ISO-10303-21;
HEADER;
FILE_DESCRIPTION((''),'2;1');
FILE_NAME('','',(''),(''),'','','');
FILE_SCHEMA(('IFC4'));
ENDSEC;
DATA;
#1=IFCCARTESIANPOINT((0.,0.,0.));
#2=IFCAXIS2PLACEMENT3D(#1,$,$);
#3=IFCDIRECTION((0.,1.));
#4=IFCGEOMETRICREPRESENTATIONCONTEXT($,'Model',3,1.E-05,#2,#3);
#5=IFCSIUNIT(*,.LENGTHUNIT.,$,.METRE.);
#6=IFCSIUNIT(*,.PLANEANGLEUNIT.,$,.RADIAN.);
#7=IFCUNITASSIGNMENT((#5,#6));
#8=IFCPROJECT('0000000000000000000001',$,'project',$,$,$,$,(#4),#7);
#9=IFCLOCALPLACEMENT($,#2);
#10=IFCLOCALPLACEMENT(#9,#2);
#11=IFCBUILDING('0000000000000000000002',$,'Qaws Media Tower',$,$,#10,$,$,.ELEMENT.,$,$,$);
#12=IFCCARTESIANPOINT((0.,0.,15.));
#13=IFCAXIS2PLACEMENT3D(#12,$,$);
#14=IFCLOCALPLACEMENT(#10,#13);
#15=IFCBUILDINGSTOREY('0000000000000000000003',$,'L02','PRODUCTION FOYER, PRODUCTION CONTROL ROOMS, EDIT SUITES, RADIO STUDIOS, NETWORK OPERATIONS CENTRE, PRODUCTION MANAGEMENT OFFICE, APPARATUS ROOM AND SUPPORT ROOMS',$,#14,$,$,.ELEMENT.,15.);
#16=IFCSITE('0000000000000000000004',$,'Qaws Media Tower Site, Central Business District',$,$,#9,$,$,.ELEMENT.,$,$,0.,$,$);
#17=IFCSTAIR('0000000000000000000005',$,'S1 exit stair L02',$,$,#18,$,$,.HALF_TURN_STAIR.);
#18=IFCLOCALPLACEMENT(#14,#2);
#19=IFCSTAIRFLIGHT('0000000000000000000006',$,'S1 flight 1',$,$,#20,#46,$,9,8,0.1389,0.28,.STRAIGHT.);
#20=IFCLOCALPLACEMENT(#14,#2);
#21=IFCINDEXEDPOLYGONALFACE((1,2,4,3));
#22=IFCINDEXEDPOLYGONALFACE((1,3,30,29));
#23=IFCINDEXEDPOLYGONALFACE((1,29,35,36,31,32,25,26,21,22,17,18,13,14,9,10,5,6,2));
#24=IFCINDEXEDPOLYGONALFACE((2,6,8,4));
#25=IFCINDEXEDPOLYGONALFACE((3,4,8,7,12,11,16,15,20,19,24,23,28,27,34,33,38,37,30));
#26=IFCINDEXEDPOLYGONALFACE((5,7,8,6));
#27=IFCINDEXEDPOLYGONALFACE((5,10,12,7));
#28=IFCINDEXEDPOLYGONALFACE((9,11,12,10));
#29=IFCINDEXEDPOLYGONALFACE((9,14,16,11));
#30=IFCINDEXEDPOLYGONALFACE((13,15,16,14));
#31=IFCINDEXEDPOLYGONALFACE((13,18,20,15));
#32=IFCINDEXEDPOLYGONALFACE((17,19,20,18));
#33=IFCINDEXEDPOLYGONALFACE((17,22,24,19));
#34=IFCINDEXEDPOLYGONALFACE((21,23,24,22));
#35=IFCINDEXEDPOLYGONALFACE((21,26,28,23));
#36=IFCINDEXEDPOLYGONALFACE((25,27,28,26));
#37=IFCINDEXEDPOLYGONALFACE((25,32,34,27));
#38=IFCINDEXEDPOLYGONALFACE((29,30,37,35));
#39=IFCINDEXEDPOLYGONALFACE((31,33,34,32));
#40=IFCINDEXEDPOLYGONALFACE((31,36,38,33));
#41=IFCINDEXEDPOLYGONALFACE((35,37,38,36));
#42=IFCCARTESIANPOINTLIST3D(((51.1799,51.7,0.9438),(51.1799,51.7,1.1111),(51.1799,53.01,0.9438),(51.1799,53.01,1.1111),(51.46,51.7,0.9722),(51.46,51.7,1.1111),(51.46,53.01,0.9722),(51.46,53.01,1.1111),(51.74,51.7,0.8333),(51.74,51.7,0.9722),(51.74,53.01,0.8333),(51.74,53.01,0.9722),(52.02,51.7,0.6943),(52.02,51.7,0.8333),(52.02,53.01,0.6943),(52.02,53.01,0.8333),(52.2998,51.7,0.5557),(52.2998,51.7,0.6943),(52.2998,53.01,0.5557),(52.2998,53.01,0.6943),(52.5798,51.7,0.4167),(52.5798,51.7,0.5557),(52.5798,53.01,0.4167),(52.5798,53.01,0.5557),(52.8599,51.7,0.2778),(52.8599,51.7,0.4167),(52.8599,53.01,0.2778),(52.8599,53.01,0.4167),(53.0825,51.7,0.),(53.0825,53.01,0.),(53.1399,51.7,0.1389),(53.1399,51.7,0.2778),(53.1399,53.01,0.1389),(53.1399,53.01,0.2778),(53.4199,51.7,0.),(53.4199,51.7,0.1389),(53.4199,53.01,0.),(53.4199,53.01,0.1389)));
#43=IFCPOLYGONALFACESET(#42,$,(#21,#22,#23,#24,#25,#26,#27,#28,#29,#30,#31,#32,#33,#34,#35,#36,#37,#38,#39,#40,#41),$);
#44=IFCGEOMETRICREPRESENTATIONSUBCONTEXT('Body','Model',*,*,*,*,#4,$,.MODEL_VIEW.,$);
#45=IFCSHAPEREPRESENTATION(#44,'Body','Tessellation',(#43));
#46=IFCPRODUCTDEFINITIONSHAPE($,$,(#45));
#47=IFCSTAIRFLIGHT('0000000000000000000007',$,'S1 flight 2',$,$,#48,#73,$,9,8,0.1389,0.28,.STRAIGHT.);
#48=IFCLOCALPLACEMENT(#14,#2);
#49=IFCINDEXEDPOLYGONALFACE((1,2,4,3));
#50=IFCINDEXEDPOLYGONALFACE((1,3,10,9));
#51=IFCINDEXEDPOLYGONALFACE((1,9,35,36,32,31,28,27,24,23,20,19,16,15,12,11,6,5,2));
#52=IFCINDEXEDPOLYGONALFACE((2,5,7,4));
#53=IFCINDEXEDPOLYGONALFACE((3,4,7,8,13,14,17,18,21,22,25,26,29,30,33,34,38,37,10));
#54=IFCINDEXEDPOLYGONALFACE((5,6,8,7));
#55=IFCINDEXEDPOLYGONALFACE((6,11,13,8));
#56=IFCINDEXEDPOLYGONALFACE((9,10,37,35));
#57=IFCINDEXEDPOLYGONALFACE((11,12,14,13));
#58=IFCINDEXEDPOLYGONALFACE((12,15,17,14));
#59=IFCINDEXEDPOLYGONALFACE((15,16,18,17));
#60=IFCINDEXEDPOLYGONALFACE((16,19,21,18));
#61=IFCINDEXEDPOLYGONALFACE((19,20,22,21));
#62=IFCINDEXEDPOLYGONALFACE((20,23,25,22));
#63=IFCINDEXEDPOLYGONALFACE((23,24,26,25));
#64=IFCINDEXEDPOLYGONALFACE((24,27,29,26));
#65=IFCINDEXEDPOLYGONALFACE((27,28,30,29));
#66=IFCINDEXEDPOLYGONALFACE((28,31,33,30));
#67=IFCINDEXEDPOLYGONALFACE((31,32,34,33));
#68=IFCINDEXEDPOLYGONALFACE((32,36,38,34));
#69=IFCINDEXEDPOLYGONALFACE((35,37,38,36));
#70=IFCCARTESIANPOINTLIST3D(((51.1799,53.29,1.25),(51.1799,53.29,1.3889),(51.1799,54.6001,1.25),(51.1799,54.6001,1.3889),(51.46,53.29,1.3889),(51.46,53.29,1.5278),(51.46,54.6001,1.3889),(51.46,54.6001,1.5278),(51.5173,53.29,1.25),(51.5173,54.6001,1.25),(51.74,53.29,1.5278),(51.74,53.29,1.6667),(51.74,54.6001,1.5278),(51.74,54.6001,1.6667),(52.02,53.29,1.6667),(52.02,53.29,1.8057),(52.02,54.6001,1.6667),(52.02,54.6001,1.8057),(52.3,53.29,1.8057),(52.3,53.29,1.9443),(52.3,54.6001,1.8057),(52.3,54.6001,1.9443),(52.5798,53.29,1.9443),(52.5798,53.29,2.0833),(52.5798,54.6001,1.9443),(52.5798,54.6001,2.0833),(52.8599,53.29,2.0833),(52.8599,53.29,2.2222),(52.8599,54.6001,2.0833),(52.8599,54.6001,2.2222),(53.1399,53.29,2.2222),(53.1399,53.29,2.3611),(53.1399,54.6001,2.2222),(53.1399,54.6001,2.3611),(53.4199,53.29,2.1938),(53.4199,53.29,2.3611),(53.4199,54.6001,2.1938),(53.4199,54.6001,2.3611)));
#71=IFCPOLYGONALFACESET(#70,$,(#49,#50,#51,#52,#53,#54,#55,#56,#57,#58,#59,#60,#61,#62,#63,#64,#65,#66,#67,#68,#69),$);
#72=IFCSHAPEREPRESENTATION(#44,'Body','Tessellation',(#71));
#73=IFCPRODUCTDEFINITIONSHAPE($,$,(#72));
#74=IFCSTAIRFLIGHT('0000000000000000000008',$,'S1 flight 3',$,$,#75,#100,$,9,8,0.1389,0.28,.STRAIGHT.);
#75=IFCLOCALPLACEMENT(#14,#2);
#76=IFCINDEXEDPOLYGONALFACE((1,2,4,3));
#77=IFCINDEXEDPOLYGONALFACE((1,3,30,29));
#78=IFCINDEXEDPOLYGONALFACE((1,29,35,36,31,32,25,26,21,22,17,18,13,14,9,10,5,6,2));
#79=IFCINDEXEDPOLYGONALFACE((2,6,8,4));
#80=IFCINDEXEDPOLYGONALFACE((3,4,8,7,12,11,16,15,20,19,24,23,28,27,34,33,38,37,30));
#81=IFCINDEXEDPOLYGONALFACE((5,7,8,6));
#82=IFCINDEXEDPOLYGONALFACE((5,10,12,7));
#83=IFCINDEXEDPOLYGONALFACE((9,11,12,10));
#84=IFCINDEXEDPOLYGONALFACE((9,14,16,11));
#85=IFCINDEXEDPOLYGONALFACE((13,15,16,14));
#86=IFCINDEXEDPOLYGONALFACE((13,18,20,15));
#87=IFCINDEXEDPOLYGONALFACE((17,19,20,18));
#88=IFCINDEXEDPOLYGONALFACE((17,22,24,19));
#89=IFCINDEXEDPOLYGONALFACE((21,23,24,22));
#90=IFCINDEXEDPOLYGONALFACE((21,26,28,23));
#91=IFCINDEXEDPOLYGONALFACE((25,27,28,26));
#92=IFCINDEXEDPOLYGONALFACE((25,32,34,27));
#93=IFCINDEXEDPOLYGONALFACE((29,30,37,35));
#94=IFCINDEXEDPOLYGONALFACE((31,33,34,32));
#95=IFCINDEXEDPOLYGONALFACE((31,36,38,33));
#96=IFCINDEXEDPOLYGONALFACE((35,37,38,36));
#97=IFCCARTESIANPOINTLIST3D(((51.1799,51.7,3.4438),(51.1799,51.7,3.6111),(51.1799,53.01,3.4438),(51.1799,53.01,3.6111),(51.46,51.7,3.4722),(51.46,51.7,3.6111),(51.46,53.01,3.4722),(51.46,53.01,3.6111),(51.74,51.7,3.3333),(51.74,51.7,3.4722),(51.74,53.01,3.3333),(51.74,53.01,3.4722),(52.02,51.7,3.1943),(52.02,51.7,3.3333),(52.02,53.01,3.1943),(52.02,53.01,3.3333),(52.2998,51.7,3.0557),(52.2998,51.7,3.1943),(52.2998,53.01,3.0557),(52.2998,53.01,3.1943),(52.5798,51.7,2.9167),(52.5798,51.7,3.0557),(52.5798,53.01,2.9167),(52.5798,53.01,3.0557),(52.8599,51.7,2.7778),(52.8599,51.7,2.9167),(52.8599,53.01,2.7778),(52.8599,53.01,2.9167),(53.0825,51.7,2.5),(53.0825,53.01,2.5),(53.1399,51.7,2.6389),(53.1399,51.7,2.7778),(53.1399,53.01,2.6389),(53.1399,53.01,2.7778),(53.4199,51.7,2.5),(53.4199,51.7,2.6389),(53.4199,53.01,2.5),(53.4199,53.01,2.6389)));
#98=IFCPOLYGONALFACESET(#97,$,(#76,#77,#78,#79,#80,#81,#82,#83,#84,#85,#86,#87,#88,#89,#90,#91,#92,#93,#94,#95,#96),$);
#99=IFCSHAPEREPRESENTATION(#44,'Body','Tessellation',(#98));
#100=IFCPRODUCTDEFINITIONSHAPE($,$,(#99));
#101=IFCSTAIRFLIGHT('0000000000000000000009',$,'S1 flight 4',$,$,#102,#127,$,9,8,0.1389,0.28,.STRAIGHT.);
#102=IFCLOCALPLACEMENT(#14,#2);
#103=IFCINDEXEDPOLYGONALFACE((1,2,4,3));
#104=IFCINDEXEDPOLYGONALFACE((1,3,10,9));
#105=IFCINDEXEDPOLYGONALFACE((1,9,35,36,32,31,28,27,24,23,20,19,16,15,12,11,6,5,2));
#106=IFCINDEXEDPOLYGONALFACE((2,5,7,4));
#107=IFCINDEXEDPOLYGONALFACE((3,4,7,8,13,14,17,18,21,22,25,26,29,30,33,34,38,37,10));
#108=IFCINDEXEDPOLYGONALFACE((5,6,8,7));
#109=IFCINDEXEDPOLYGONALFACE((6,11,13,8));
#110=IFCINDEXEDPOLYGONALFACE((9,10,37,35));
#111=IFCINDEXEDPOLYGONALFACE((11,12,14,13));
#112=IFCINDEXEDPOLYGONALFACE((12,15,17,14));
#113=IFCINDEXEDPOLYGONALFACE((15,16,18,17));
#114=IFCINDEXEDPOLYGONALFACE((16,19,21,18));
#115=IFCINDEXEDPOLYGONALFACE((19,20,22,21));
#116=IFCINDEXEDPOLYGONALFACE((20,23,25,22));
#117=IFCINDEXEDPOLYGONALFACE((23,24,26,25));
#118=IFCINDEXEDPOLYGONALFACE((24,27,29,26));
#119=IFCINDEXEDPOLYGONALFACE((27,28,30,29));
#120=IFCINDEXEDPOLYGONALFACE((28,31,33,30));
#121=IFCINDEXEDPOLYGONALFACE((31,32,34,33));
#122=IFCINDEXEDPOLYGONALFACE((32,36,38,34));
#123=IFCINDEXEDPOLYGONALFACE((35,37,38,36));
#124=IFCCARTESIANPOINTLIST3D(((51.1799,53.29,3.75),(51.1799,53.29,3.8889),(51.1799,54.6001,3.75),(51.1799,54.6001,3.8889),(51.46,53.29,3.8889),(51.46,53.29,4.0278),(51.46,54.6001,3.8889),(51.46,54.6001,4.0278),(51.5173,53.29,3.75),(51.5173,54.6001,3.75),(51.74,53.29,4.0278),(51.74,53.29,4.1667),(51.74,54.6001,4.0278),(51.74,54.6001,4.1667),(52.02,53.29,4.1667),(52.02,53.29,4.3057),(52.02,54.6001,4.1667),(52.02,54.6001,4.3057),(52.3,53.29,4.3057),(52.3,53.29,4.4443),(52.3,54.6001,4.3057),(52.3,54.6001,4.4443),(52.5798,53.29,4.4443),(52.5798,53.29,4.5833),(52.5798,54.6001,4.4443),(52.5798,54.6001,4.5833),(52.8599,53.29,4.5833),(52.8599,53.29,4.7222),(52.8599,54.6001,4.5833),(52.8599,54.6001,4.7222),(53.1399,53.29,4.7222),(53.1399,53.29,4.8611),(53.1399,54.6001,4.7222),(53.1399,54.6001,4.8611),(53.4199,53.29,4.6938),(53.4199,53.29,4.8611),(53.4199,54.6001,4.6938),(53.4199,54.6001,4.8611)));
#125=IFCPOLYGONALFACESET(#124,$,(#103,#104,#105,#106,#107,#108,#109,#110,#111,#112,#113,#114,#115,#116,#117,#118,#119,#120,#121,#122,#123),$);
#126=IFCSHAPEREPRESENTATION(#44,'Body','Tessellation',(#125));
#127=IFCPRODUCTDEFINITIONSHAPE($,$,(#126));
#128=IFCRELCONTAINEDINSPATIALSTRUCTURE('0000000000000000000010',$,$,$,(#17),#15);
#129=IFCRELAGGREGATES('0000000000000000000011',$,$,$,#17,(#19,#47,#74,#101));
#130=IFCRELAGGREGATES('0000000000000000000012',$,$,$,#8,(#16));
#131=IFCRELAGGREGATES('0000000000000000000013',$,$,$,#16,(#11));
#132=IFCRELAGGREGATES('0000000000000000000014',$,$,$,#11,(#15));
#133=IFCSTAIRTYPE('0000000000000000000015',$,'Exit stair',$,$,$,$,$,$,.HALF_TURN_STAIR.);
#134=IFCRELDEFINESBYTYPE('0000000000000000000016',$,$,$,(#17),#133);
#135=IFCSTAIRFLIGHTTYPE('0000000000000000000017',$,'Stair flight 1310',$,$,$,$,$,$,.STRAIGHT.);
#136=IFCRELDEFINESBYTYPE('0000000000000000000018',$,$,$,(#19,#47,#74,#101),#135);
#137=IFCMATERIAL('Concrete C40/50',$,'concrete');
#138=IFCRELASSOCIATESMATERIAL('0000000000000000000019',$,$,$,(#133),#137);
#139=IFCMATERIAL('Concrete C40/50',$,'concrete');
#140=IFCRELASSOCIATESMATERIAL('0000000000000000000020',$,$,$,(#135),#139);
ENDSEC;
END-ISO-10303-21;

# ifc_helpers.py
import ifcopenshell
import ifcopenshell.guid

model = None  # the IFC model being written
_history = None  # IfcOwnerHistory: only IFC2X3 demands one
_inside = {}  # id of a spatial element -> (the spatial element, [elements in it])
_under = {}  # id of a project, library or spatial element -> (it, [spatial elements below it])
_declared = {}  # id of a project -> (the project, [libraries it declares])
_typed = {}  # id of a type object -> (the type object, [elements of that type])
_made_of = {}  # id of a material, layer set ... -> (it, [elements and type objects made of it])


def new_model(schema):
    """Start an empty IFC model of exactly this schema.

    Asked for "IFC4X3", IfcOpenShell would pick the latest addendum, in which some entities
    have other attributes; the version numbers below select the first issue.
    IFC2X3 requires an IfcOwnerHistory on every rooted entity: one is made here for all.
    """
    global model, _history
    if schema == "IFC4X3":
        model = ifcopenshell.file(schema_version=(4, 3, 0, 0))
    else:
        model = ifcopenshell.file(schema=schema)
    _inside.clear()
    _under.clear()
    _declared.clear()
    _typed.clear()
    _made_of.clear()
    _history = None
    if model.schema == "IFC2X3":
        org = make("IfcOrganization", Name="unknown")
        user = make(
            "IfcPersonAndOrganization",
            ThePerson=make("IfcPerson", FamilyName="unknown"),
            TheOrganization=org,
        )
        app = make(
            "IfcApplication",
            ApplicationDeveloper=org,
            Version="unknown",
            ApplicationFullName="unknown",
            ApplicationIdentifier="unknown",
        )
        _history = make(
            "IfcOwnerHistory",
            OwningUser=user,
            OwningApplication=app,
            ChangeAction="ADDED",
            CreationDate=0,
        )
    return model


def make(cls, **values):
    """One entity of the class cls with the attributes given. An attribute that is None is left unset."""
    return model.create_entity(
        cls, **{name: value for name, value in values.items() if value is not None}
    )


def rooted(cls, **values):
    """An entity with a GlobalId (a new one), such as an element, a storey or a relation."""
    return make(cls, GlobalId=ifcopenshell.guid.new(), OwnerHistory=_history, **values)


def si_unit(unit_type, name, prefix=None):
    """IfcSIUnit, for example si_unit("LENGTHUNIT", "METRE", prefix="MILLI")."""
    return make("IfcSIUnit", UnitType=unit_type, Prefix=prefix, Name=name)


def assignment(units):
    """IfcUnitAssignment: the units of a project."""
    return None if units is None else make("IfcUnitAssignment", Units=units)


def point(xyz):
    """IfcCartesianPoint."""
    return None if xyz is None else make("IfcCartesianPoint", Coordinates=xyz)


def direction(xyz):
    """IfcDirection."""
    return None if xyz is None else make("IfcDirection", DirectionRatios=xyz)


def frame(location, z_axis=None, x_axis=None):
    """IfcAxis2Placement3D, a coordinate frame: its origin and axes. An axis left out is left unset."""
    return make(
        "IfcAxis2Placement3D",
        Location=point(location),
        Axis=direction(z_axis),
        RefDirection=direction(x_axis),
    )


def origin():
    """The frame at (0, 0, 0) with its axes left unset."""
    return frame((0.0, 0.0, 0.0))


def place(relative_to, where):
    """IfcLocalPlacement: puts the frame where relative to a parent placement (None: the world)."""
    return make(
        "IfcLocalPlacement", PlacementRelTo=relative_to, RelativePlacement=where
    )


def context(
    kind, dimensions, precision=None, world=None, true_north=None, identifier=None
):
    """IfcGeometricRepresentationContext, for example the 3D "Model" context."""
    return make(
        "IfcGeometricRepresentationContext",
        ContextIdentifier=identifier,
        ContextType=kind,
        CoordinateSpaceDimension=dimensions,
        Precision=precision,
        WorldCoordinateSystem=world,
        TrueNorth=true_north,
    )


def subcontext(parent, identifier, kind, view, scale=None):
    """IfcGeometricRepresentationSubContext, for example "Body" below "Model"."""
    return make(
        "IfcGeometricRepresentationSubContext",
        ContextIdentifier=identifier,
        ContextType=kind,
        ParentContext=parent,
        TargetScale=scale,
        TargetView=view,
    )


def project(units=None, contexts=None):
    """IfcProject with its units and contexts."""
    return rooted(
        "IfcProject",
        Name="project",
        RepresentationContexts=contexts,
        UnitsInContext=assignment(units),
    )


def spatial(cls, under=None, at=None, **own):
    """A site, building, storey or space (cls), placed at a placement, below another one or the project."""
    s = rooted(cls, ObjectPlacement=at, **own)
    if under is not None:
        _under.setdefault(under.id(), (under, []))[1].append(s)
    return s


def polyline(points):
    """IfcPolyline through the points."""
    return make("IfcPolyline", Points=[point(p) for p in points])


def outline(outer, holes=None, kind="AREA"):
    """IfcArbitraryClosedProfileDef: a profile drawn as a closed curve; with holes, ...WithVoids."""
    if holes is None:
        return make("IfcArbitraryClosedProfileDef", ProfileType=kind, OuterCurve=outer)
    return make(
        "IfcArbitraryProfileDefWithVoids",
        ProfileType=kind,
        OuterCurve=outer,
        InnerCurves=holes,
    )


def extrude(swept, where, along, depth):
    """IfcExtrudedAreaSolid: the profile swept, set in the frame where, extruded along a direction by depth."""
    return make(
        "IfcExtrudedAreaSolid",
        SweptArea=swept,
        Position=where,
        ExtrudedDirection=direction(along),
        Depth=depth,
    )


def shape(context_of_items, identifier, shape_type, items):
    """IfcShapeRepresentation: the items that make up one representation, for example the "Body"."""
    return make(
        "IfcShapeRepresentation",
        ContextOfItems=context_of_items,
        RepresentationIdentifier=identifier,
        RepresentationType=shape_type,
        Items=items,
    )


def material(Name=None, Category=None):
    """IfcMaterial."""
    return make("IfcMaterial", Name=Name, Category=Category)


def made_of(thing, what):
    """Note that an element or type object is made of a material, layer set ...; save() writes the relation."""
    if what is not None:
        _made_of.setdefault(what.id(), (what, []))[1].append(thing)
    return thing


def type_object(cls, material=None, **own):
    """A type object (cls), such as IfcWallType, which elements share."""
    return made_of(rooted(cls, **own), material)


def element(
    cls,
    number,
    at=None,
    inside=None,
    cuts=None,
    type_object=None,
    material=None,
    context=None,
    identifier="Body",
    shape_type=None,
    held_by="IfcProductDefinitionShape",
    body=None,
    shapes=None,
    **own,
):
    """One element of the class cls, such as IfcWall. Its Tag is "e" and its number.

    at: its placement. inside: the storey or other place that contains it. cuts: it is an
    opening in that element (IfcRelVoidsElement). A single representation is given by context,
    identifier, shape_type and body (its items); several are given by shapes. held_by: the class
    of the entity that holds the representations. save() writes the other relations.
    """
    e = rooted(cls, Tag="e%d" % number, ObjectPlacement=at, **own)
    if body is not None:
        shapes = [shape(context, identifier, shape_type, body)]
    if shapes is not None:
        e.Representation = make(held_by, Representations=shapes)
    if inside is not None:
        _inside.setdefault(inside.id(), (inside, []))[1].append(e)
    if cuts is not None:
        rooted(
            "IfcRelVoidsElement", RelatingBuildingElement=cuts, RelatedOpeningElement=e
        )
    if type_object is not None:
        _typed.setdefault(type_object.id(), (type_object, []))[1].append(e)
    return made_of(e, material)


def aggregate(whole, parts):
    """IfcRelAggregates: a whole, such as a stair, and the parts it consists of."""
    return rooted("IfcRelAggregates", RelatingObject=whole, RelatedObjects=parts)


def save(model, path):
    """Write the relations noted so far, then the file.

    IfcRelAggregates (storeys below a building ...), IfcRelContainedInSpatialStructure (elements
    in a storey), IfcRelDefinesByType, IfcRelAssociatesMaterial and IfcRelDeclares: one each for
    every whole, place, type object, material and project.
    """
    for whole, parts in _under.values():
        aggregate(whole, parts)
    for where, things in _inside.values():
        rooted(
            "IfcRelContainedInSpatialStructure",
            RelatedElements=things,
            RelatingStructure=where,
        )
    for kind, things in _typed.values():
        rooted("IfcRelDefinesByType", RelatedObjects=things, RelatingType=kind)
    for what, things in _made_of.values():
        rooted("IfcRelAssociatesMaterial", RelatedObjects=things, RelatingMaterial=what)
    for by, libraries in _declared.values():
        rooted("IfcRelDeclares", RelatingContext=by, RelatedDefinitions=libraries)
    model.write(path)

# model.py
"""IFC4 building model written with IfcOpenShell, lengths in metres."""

from ifc_helpers import new_model, si_unit, direction, frame, origin, place, context, subcontext, project, spatial, polyline, outline, extrude, material, type_object, element, aggregate, save


model = new_model("IFC4")

# Units and contexts
model_context = context("Model", 3, precision=1e-05, world=origin(), true_north=direction((0.0, 1.0)))
body_context = subcontext(model_context, "Body", "Model", "MODEL_VIEW")
ifc_project = project(units=[si_unit("LENGTHUNIT", "METRE"), si_unit("PLANEANGLEUNIT", "RADIAN")], contexts=[model_context])

# Site, building, storey
site_placement = place(None, origin())
site = spatial("IfcSite", under=ifc_project, at=site_placement, Name="Qaws Media Tower Site, Central Business District", CompositionType="ELEMENT", RefElevation=0.0)
building_placement = place(site_placement, origin())
building = spatial("IfcBuilding", under=site, at=building_placement, Name="Qaws Media Tower", CompositionType="ELEMENT")
storey_placement = place(building_placement, frame((0.0, 0.0, 15.0)))
storey = spatial("IfcBuildingStorey", under=building, at=storey_placement, Name="L02", Description="PRODUCTION FOYER, PRODUCTION CONTROL ROOMS, EDIT SUITES, RADIO STUDIOS, NETWORK OPERATIONS CENTRE, PRODUCTION MANAGEMENT OFFICE, APPARATUS ROOM AND SUPPORT ROOMS", CompositionType="ELEMENT", Elevation=15.0)

# Stair, stair flights
ifc_material_1 = material(Name="Concrete C40/50", Category="concrete")
stair_type = type_object("IfcStairType", Name="Exit stair", PredefinedType="HALF_TURN_STAIR", material=ifc_material_1)
stair_placement = place(storey_placement, origin())
stair = element("IfcStair", 1, at=stair_placement, inside=storey, type_object=stair_type, Name="S1 exit stair L02", PredefinedType="HALF_TURN_STAIR")
ifc_material_2 = material(Name="Concrete C40/50", Category="concrete")
stair_flight_type = type_object("IfcStairFlightType", Name="Stair flight 1310", PredefinedType="STRAIGHT", material=ifc_material_2)
stair_flight_1_placement = place(storey_placement, frame((53.4199, 52.355, 0.0), z_axis=(0.0, 0.0, 1.0), x_axis=(-1.0, 0.0, 0.0)))
stair_flight_1 = element("IfcStairFlight", 2, at=stair_flight_1_placement, type_object=stair_flight_type, Name="S1 flight 1", NumberOfRisers=9, NumberOfTreads=8, PredefinedType="STRAIGHT", RiserHeight=0.1389, TreadLength=0.28, context=body_context, shape_type="SweptSolid", body=[
    extrude(outline(polyline([(0.0, 0.0), (0.0, 0.1389), (0.28, 0.1389), (0.28, 0.2778), (0.5601, 0.2778), (0.5601, 0.4167), (0.8401, 0.4167), (0.8401, 0.5557), (1.1201, 0.5557), (1.1201, 0.6943), (1.3999, 0.6943), (1.3999, 0.8333), (1.6799, 0.8333), (1.6799, 0.9722), (1.96, 0.9722), (1.96, 1.1111), (2.24, 1.1111), (2.24, 1.25), (2.24, 0.9438), (0.3374, 0.0), (0.0, 0.0)])), frame((0.0, 0.655, 0.0), z_axis=(0.0, -1.0, 0.0), x_axis=(1.0, 0.0, 0.0)), (0.0, 0.0, 1.0), 1.3101),
])
stair_flight_2_placement = place(storey_placement, frame((51.1799, 53.9451, 1.25), z_axis=(0.0, 0.0, 1.0), x_axis=(1.0, 0.0, 0.0)))
stair_flight_2 = element("IfcStairFlight", 3, at=stair_flight_2_placement, type_object=stair_flight_type, Name="S1 flight 2", NumberOfRisers=9, NumberOfTreads=8, PredefinedType="STRAIGHT", RiserHeight=0.1389, TreadLength=0.28, context=body_context, shape_type="SweptSolid", body=[
    extrude(outline(polyline([(0.0, 0.0), (0.0, 0.1389), (0.28, 0.1389), (0.28, 0.2778), (0.5601, 0.2778), (0.5601, 0.4167), (0.8401, 0.4167), (0.8401, 0.5557), (1.1201, 0.5557), (1.1201, 0.6943), (1.3999, 0.6943), (1.3999, 0.8333), (1.6799, 0.8333), (1.6799, 0.9722), (1.96, 0.9722), (1.96, 1.1111), (2.24, 1.1111), (2.24, 1.25), (2.24, 0.9438), (0.3374, 0.0), (0.0, 0.0)])), frame((0.0, 0.655, 0.0), z_axis=(0.0, -1.0, 0.0), x_axis=(1.0, 0.0, 0.0)), (0.0, 0.0, 1.0), 1.3101),
])
stair_flight_3_placement = place(storey_placement, frame((53.4199, 52.355, 2.5), z_axis=(0.0, 0.0, 1.0), x_axis=(-1.0, 0.0, 0.0)))
stair_flight_3 = element("IfcStairFlight", 4, at=stair_flight_3_placement, type_object=stair_flight_type, Name="S1 flight 3", NumberOfRisers=9, NumberOfTreads=8, PredefinedType="STRAIGHT", RiserHeight=0.1389, TreadLength=0.28, context=body_context, shape_type="SweptSolid", body=[
    extrude(outline(polyline([(0.0, 0.0), (0.0, 0.1389), (0.28, 0.1389), (0.28, 0.2778), (0.5601, 0.2778), (0.5601, 0.4167), (0.8401, 0.4167), (0.8401, 0.5557), (1.1201, 0.5557), (1.1201, 0.6943), (1.3999, 0.6943), (1.3999, 0.8333), (1.6799, 0.8333), (1.6799, 0.9722), (1.96, 0.9722), (1.96, 1.1111), (2.24, 1.1111), (2.24, 1.25), (2.24, 0.9438), (0.3374, 0.0), (0.0, 0.0)])), frame((0.0, 0.655, 0.0), z_axis=(0.0, -1.0, 0.0), x_axis=(1.0, 0.0, 0.0)), (0.0, 0.0, 1.0), 1.3101),
])
stair_flight_4_placement = place(storey_placement, frame((51.1799, 53.9451, 3.75), z_axis=(0.0, 0.0, 1.0), x_axis=(1.0, 0.0, 0.0)))
stair_flight_4 = element("IfcStairFlight", 5, at=stair_flight_4_placement, type_object=stair_flight_type, Name="S1 flight 4", NumberOfRisers=9, NumberOfTreads=8, PredefinedType="STRAIGHT", RiserHeight=0.1389, TreadLength=0.28, context=body_context, shape_type="SweptSolid", body=[
    extrude(outline(polyline([(0.0, 0.0), (0.0, 0.1389), (0.28, 0.1389), (0.28, 0.2778), (0.5601, 0.2778), (0.5601, 0.4167), (0.8401, 0.4167), (0.8401, 0.5557), (1.1201, 0.5557), (1.1201, 0.6943), (1.3999, 0.6943), (1.3999, 0.8333), (1.6799, 0.8333), (1.6799, 0.9722), (1.96, 0.9722), (1.96, 1.1111), (2.24, 1.1111), (2.24, 1.25), (2.24, 0.9438), (0.3374, 0.0), (0.0, 0.0)])), frame((0.0, 0.655, 0.0), z_axis=(0.0, -1.0, 0.0), x_axis=(1.0, 0.0, 0.0)), (0.0, 0.0, 1.0), 1.3101),
])
aggregate(stair, [stair_flight_1, stair_flight_2, stair_flight_3, stair_flight_4])

save(model, "model.ifc")
